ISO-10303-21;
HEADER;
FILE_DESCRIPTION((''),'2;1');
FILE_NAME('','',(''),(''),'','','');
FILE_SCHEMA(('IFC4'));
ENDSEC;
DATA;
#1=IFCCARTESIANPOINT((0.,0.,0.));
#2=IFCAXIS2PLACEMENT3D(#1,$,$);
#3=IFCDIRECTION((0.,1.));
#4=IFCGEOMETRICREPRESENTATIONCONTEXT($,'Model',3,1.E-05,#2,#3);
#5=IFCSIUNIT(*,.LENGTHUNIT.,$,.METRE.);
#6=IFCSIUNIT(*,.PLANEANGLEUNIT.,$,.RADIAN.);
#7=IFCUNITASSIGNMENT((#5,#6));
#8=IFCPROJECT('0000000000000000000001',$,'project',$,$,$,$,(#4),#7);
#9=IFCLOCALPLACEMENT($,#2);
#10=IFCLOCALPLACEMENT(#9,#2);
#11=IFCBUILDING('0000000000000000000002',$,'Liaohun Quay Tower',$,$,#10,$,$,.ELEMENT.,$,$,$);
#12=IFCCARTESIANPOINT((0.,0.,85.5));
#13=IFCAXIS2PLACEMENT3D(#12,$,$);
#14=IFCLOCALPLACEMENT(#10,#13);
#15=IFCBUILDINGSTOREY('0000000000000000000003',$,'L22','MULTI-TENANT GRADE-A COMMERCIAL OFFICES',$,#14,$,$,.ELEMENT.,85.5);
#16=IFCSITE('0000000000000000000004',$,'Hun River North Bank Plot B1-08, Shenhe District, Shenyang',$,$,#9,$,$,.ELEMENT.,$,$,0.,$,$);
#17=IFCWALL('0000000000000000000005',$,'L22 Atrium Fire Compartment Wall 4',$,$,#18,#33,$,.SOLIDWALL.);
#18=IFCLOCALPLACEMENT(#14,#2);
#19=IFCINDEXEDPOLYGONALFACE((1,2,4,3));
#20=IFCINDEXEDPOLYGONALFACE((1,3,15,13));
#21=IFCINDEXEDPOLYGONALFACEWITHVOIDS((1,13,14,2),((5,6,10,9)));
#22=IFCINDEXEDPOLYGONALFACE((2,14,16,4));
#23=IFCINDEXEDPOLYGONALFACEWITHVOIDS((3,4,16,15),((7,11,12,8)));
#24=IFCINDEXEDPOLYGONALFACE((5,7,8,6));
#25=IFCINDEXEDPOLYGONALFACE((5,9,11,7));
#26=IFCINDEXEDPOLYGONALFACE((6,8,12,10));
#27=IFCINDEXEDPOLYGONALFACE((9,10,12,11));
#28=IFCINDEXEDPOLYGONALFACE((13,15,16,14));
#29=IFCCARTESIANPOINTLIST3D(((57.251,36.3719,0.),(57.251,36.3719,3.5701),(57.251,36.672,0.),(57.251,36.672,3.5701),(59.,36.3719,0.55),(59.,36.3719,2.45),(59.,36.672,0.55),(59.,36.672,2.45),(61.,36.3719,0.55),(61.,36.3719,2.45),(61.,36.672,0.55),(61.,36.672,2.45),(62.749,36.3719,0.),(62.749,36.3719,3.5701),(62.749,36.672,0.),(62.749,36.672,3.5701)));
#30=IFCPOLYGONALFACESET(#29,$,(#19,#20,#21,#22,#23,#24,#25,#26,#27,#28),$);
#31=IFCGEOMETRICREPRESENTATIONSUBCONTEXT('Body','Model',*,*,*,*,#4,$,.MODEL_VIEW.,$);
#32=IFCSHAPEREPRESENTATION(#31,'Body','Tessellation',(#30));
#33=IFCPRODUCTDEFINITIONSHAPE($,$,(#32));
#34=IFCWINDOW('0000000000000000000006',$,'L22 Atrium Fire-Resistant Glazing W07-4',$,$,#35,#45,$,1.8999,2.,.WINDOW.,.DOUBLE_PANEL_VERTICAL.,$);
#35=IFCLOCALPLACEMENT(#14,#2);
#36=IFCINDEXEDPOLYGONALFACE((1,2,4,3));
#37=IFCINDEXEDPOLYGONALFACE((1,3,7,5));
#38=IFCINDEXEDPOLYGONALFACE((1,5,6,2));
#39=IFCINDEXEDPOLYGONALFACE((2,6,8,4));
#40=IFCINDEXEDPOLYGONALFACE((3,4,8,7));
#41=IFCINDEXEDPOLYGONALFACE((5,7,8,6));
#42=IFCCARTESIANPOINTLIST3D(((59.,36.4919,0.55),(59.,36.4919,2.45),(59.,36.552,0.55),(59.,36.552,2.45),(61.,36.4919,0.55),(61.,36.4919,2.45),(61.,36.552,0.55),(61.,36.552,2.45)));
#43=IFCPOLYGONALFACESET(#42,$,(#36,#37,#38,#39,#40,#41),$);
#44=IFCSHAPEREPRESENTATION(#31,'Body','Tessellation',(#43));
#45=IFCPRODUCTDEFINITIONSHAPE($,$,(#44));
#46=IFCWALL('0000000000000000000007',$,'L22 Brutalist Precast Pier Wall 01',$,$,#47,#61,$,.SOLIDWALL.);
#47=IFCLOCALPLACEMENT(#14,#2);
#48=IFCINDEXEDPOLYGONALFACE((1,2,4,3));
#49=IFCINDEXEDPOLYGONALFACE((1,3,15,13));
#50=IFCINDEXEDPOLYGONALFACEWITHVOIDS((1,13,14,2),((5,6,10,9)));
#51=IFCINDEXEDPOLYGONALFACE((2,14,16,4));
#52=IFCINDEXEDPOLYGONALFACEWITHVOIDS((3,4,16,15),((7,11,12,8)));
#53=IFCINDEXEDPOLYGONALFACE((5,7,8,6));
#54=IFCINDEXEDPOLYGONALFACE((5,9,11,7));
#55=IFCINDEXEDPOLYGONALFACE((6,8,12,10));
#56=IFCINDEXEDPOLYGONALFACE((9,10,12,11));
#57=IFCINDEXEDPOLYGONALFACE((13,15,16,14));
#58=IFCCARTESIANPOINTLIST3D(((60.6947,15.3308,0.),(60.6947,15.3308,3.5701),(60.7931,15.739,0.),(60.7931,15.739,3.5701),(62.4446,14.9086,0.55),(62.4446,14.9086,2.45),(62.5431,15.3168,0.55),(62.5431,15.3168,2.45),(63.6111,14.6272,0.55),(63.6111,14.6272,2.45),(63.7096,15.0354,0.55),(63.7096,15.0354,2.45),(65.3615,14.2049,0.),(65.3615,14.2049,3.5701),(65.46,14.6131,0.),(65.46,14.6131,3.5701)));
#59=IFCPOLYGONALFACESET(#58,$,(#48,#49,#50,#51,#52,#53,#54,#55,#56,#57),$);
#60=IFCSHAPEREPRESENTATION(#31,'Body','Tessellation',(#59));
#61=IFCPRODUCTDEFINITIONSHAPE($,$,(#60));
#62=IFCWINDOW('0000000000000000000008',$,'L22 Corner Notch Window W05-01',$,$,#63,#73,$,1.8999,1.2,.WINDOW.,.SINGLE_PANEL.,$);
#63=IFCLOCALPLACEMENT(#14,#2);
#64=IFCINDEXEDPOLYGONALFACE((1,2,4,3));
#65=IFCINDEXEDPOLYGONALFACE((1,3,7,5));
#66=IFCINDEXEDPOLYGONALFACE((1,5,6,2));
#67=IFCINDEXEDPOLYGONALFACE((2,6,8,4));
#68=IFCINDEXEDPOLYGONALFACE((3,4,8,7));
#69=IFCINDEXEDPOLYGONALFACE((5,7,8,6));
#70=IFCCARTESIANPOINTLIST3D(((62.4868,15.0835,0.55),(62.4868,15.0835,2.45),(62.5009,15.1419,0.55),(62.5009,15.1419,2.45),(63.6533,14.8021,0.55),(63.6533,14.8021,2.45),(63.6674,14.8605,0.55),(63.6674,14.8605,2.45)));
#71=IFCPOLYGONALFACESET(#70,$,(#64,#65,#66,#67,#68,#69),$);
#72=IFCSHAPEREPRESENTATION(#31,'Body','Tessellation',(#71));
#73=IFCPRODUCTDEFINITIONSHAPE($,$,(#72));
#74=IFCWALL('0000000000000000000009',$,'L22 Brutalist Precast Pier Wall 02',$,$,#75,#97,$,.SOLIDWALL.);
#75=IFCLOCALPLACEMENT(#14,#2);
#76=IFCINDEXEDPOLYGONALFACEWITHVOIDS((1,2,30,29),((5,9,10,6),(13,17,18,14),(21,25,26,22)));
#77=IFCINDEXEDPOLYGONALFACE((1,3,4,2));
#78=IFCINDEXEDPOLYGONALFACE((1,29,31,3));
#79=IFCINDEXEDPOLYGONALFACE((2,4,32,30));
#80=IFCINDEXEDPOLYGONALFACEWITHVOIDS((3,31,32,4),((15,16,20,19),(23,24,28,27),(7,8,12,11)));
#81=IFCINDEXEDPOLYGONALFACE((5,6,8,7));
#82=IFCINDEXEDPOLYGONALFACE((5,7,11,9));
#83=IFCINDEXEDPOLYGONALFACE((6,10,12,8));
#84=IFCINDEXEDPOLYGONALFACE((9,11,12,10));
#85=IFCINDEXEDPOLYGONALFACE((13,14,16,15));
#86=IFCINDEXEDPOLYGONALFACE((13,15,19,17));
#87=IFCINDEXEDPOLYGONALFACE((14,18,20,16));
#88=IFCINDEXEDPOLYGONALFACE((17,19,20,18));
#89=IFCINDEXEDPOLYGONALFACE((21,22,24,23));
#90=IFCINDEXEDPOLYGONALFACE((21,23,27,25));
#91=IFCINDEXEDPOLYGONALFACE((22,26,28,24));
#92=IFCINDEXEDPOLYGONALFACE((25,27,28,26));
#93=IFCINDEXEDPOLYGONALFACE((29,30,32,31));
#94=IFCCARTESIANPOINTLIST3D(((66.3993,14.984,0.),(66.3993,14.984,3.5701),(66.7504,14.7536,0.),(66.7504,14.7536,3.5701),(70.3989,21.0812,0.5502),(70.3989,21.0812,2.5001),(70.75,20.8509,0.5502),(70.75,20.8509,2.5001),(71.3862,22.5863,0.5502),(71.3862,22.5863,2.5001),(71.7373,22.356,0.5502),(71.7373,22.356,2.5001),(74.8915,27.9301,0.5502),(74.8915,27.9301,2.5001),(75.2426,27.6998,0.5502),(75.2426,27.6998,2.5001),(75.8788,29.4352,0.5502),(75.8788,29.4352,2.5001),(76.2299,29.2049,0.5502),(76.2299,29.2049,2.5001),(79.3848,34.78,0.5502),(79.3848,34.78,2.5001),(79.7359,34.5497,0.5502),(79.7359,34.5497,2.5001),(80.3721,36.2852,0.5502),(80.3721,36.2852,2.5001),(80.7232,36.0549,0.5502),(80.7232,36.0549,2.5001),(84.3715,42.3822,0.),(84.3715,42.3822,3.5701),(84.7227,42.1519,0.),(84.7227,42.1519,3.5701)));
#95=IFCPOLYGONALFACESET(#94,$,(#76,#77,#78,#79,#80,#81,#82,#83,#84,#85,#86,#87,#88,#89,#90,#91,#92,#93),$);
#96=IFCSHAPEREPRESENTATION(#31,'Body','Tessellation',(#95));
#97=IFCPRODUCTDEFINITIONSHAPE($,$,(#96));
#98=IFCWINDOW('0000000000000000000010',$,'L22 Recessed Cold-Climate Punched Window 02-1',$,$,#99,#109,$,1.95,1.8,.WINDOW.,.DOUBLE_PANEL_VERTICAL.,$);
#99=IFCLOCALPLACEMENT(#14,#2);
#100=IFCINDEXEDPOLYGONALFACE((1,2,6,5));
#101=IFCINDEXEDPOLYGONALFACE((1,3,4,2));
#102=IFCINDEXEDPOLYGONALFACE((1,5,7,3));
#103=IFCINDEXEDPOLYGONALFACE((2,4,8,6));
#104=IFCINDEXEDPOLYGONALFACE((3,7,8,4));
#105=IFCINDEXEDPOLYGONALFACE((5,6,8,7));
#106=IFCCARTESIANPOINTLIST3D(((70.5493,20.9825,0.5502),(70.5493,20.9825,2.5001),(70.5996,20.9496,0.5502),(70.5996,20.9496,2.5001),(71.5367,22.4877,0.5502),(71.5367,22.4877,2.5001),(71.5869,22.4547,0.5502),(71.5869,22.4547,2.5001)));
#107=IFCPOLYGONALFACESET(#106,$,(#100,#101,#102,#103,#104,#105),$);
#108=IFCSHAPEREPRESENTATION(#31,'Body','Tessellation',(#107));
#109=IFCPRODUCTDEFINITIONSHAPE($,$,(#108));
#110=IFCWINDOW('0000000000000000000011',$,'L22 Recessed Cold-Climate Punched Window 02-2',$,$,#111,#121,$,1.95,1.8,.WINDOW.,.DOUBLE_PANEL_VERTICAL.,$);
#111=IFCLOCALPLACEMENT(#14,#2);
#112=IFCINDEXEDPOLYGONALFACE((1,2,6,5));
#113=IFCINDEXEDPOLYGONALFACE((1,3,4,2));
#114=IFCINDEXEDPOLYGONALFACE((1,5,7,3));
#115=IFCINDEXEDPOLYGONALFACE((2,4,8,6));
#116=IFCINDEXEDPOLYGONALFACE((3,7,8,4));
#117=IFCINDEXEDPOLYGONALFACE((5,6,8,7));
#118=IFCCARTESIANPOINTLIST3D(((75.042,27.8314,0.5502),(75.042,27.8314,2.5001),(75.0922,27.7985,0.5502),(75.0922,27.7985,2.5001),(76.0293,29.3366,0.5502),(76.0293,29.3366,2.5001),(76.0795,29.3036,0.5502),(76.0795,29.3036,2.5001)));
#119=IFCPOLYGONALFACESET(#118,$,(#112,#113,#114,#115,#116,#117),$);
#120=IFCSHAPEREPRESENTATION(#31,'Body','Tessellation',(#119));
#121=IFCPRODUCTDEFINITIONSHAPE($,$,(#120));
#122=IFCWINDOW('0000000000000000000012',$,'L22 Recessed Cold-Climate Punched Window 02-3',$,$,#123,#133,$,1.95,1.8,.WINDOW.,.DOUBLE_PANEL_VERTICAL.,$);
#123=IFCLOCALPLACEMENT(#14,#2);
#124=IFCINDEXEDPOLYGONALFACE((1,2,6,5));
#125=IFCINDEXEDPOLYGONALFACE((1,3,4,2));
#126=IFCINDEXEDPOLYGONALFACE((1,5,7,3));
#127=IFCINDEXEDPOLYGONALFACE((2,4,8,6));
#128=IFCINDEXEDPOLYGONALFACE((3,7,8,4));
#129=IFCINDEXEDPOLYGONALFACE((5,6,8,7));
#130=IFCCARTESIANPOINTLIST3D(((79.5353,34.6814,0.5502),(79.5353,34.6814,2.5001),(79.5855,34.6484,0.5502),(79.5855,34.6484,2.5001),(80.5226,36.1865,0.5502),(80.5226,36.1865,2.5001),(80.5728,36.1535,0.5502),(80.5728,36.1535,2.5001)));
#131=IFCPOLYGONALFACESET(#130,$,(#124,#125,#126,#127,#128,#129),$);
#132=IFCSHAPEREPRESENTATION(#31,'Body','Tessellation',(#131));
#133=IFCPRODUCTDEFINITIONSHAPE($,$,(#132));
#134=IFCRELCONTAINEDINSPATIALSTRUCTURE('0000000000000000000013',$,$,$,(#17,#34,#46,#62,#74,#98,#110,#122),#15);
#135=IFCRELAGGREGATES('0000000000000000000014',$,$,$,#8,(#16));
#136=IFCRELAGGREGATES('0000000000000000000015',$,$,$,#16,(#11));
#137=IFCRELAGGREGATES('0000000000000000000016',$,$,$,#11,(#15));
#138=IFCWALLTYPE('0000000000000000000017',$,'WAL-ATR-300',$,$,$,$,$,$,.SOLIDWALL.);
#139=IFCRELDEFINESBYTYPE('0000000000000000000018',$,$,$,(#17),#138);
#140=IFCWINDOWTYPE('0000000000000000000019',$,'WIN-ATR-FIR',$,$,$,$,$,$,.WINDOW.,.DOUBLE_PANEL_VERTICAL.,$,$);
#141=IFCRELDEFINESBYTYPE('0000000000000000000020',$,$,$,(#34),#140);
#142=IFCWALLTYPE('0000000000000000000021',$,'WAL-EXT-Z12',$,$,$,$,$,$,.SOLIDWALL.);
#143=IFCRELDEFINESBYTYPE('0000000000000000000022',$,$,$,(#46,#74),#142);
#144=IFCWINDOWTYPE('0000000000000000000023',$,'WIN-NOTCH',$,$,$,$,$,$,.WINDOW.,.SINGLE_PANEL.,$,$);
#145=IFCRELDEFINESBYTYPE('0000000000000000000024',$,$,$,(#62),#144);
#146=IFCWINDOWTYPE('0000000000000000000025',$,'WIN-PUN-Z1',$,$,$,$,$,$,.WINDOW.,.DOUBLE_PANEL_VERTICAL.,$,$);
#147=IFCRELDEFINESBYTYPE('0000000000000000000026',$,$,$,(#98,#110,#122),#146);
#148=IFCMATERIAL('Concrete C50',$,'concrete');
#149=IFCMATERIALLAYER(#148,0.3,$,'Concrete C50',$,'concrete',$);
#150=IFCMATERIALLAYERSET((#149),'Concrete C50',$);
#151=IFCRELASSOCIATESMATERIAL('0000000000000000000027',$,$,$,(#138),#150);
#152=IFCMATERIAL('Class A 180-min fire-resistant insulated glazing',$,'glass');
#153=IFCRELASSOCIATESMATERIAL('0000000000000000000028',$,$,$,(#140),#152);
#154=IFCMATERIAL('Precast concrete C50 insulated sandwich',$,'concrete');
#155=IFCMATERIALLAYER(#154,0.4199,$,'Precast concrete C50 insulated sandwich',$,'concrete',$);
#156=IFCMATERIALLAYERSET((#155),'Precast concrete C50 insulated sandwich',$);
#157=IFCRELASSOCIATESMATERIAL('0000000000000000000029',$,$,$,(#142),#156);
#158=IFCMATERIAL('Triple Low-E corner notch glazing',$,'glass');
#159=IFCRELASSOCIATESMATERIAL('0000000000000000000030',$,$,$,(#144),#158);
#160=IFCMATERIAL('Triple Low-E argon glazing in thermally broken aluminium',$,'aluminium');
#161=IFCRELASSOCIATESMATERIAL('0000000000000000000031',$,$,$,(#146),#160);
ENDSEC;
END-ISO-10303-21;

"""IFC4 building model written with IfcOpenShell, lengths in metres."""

from ifc_helpers import new_model, si_unit, direction, frame, frame_2d, origin, place, context, subcontext, project, spatial, rectangle, extrude, source, transform, mapped, material, layer, layer_set, type_object, element, fill, save


model = new_model("IFC4")

# Units and contexts
model_context = context("Model", 3, precision=1e-05, world=origin(), true_north=direction((0.0, 1.0)))
body_context = subcontext(model_context, "Body", "Model", "MODEL_VIEW")
ifc_project = project(units=[si_unit("LENGTHUNIT", "METRE"), si_unit("PLANEANGLEUNIT", "RADIAN")], contexts=[model_context])

# Site, building, storey
site_placement = place(None, origin())
site = spatial("IfcSite", under=ifc_project, at=site_placement, Name="Hun River North Bank Plot B1-08, Shenhe District, Shenyang", CompositionType="ELEMENT", RefElevation=0.0)
building_placement = place(site_placement, origin())
building = spatial("IfcBuilding", under=site, at=building_placement, Name="Liaohun Quay Tower", CompositionType="ELEMENT")
storey_placement = place(building_placement, frame((0.0, 0.0, 85.5)))
storey = spatial("IfcBuildingStorey", under=building, at=storey_placement, Name="L22", Description="MULTI-TENANT GRADE-A COMMERCIAL OFFICES", CompositionType="ELEMENT", Elevation=85.5)

# Walls, openings, windows
ifc_material_1 = material(Name="Concrete C50", Category="concrete")
ifc_layer_1 = layer(ifc_material_1, 0.3, Name="Concrete C50", Category="concrete")
ifc_layer_set_1 = layer_set([ifc_layer_1], Name="Concrete C50")
wall_type_1 = type_object("IfcWallType", Name="WAL-ATR-300", PredefinedType="SOLIDWALL", material=ifc_layer_set_1)
shared_shape_1 = source(origin(), body_context, "Body", "SweptSolid", [
    extrude(rectangle(XDim=2.0, YDim=1.8999, at=frame_2d((1.0, 0.95))), frame((0.0, 0.1599, 0.0), z_axis=(0.0, -1.0, 0.0), x_axis=(1.0, 0.0, 0.0)), (0.0, 0.0, 1.0), 0.3201),
])
ifc_material_2 = material(Name="Class A 180-min fire-resistant insulated glazing", Category="glass")
window_type_1 = type_object("IfcWindowType", Name="WIN-ATR-FIR", PartitioningType="DOUBLE_PANEL_VERTICAL", PredefinedType="WINDOW", material=ifc_material_2)
shared_shape_2 = source(origin(), body_context, "Body", "SweptSolid", [
    extrude(rectangle(XDim=2.0, YDim=1.8999, at=frame_2d((1.0, 0.95))), frame((0.0, 0.03, 0.0), z_axis=(0.0, -1.0, 0.0), x_axis=(1.0, 0.0, 0.0)), (0.0, 0.0, 1.0), 0.0601),
])
wall_1_placement = place(storey_placement, frame((62.749, 36.522, 0.0), z_axis=(0.0, 0.0, 1.0), x_axis=(-1.0, 0.0, 0.0)))
wall_1 = element("IfcWall", 1, at=wall_1_placement, inside=storey, type_object=wall_type_1, Name="L22 Atrium Fire Compartment Wall 4", PredefinedType="SOLIDWALL", context=body_context, shape_type="SweptSolid", body=[
    extrude(rectangle(XDim=5.498, YDim=0.3, at=frame_2d((2.749, 0.0))), origin(), (0.0, 0.0, 1.0), 3.5701),
])
opening_1_placement = place(wall_1_placement, frame((1.749, 0.0, 0.55)))
opening_1 = element("IfcOpeningElement", 2, at=opening_1_placement, cuts=wall_1, PredefinedType="OPENING", context=body_context, shape_type="MappedRepresentation", body=[
    mapped(shared_shape_1, transform((0.0, 0.0, 0.0), x_axis=(1.0, 0.0, 0.0), y_axis=(0.0, 1.0, 0.0), z_axis=(0.0, 0.0, 1.0), scale=1.0)),
])
window_1_placement = place(opening_1_placement, origin())
window_1 = element("IfcWindow", 3, at=window_1_placement, inside=storey, type_object=window_type_1, Name="L22 Atrium Fire-Resistant Glazing W07-4", OverallHeight=1.8999, OverallWidth=2.0, PartitioningType="DOUBLE_PANEL_VERTICAL", PredefinedType="WINDOW", context=body_context, shape_type="MappedRepresentation", body=[
    mapped(shared_shape_2, transform((0.0, 0.0, 0.0), x_axis=(1.0, 0.0, 0.0), y_axis=(0.0, 1.0, 0.0), z_axis=(0.0, 0.0, 1.0), scale=1.0)),
])
fill(opening_1, window_1)
ifc_material_3 = material(Name="Precast concrete C50 insulated sandwich", Category="concrete")
ifc_layer_2 = layer(ifc_material_3, 0.4199, Name="Precast concrete C50 insulated sandwich", Category="concrete")
ifc_layer_set_2 = layer_set([ifc_layer_2], Name="Precast concrete C50 insulated sandwich")
wall_type_2 = type_object("IfcWallType", Name="WAL-EXT-Z12", PredefinedType="SOLIDWALL", material=ifc_layer_set_2)
wall_2_placement = place(storey_placement, frame((60.7439, 15.5349, 0.0), z_axis=(0.0, 0.0, 1.0), x_axis=(0.972108, -0.234534, 0.0)))
wall_2 = element("IfcWall", 4, at=wall_2_placement, inside=storey, type_object=wall_type_2, Name="L22 Brutalist Precast Pier Wall 01", PredefinedType="SOLIDWALL", context=body_context, shape_type="SweptSolid", body=[
    extrude(rectangle(XDim=4.8008, YDim=0.4199, at=frame_2d((2.4004, 0.0))), origin(), (0.0, 0.0, 1.0), 3.5701),
])
shared_shape_3 = source(origin(), body_context, "Body", "SweptSolid", [
    extrude(rectangle(XDim=1.2, YDim=1.8999, at=frame_2d((0.6001, 0.95))), frame((0.0, 0.22, 0.0), z_axis=(0.0, -1.0, 0.0), x_axis=(1.0, 0.0, 0.0)), (0.0, 0.0, 1.0), 0.4399),
])
opening_2_placement = place(wall_2_placement, frame((1.8, 0.0, 0.55)))
opening_2 = element("IfcOpeningElement", 5, at=opening_2_placement, cuts=wall_2, PredefinedType="OPENING", context=body_context, shape_type="MappedRepresentation", body=[
    mapped(shared_shape_3, transform((0.0, 0.0, 0.0), x_axis=(1.0, 0.0, 0.0), y_axis=(0.0, 1.0, 0.0), z_axis=(0.0, 0.0, 1.0), scale=1.0)),
])
ifc_material_4 = material(Name="Triple Low-E corner notch glazing", Category="glass")
window_type_2 = type_object("IfcWindowType", Name="WIN-NOTCH", PartitioningType="SINGLE_PANEL", PredefinedType="WINDOW", material=ifc_material_4)
shared_shape_4 = source(origin(), body_context, "Body", "SweptSolid", [
    extrude(rectangle(XDim=1.2, YDim=1.8999, at=frame_2d((0.6001, 0.95))), frame((0.0, 0.03, 0.0), z_axis=(0.0, -1.0, 0.0), x_axis=(1.0, 0.0, 0.0)), (0.0, 0.0, 1.0), 0.0601),
])
window_2_placement = place(opening_2_placement, origin())
window_2 = element("IfcWindow", 6, at=window_2_placement, inside=storey, type_object=window_type_2, Name="L22 Corner Notch Window W05-01", OverallHeight=1.8999, OverallWidth=1.2, PartitioningType="SINGLE_PANEL", PredefinedType="WINDOW", context=body_context, shape_type="MappedRepresentation", body=[
    mapped(shared_shape_4, transform((0.0, 0.0, 0.0), x_axis=(1.0, 0.0, 0.0), y_axis=(0.0, 1.0, 0.0), z_axis=(0.0, 0.0, 1.0), scale=1.0)),
])
fill(opening_2, window_2)

# Wall, openings, windows
wall_3_placement = place(storey_placement, frame((66.575, 14.8689, 0.0), z_axis=(0.0, 0.0, 1.0), x_axis=(0.548488, 0.836158, 0.0)))
wall_3 = element("IfcWall", 7, at=wall_3_placement, inside=storey, type_object=wall_type_2, Name="L22 Brutalist Precast Pier Wall 02", PredefinedType="SOLIDWALL", context=body_context, shape_type="SweptSolid", body=[
    extrude(rectangle(XDim=32.7668, YDim=0.4199, at=frame_2d((16.3833, 0.0))), origin(), (0.0, 0.0, 1.0), 3.5701),
])
shared_shape_5 = source(origin(), body_context, "Body", "SweptSolid", [
    extrude(rectangle(XDim=1.8, YDim=1.95, at=frame_2d((0.8999, 0.9751))), frame((0.0, 0.22, 0.0), z_axis=(0.0, -1.0, 0.0), x_axis=(1.0, 0.0, 0.0)), (0.0, 0.0, 1.0), 0.4399),
])
opening_3_placement = place(wall_3_placement, frame((7.292, 0.0, 0.55)))
opening_3 = element("IfcOpeningElement", 8, at=opening_3_placement, cuts=wall_3, PredefinedType="OPENING", context=body_context, shape_type="MappedRepresentation", body=[
    mapped(shared_shape_5, transform((0.0, 0.0, 0.0), x_axis=(1.0, 0.0, 0.0), y_axis=(0.0, 1.0, 0.0), z_axis=(0.0, 0.0, 1.0), scale=1.0)),
])
opening_4_placement = place(wall_3_placement, frame((15.4829, 0.0, 0.55)))
opening_4 = element("IfcOpeningElement", 9, at=opening_4_placement, cuts=wall_3, PredefinedType="OPENING", context=body_context, shape_type="MappedRepresentation", body=[
    mapped(shared_shape_5, transform((0.0, 0.0, 0.0), x_axis=(1.0, 0.0, 0.0), y_axis=(0.0, 1.0, 0.0), z_axis=(0.0, 0.0, 1.0), scale=1.0)),
])
opening_5_placement = place(wall_3_placement, frame((23.675, 0.0, 0.55)))
opening_5 = element("IfcOpeningElement", 10, at=opening_5_placement, cuts=wall_3, PredefinedType="OPENING", context=body_context, shape_type="MappedRepresentation", body=[
    mapped(shared_shape_5, transform((0.0, 0.0, 0.0), x_axis=(1.0, 0.0, 0.0), y_axis=(0.0, 1.0, 0.0), z_axis=(0.0, 0.0, 1.0), scale=1.0)),
])
ifc_material_5 = material(Name="Triple Low-E argon glazing in thermally broken aluminium", Category="aluminium")
window_type_3 = type_object("IfcWindowType", Name="WIN-PUN-Z1", PartitioningType="DOUBLE_PANEL_VERTICAL", PredefinedType="WINDOW", material=ifc_material_5)
shared_shape_6 = source(origin(), body_context, "Body", "SweptSolid", [
    extrude(rectangle(XDim=1.8, YDim=1.95, at=frame_2d((0.8999, 0.9751))), frame((0.0, 0.03, 0.0), z_axis=(0.0, -1.0, 0.0), x_axis=(1.0, 0.0, 0.0)), (0.0, 0.0, 1.0), 0.0601),
])
window_3_placement = place(opening_3_placement, origin())
window_3 = element("IfcWindow", 11, at=window_3_placement, inside=storey, type_object=window_type_3, Name="L22 Recessed Cold-Climate Punched Window 02-1", OverallHeight=1.95, OverallWidth=1.8, PartitioningType="DOUBLE_PANEL_VERTICAL", PredefinedType="WINDOW", context=body_context, shape_type="MappedRepresentation", body=[
    mapped(shared_shape_6, transform((0.0, 0.0, 0.0), x_axis=(1.0, 0.0, 0.0), y_axis=(0.0, 1.0, 0.0), z_axis=(0.0, 0.0, 1.0), scale=1.0)),
])
fill(opening_3, window_3)
window_4_placement = place(opening_4_placement, origin())
window_4 = element("IfcWindow", 12, at=window_4_placement, inside=storey, type_object=window_type_3, Name="L22 Recessed Cold-Climate Punched Window 02-2", OverallHeight=1.95, OverallWidth=1.8, PartitioningType="DOUBLE_PANEL_VERTICAL", PredefinedType="WINDOW", context=body_context, shape_type="MappedRepresentation", body=[
    mapped(shared_shape_6, transform((0.0, 0.0, 0.0), x_axis=(1.0, 0.0, 0.0), y_axis=(0.0, 1.0, 0.0), z_axis=(0.0, 0.0, 1.0), scale=1.0)),
])
fill(opening_4, window_4)
window_5_placement = place(opening_5_placement, origin())
window_5 = element("IfcWindow", 13, at=window_5_placement, inside=storey, type_object=window_type_3, Name="L22 Recessed Cold-Climate Punched Window 02-3", OverallHeight=1.95, OverallWidth=1.8, PartitioningType="DOUBLE_PANEL_VERTICAL", PredefinedType="WINDOW", context=body_context, shape_type="MappedRepresentation", body=[
    mapped(shared_shape_6, transform((0.0, 0.0, 0.0), x_axis=(1.0, 0.0, 0.0), y_axis=(0.0, 1.0, 0.0), z_axis=(0.0, 0.0, 1.0), scale=1.0)),
])
fill(opening_5, window_5)

save(model, "model.ifc")
